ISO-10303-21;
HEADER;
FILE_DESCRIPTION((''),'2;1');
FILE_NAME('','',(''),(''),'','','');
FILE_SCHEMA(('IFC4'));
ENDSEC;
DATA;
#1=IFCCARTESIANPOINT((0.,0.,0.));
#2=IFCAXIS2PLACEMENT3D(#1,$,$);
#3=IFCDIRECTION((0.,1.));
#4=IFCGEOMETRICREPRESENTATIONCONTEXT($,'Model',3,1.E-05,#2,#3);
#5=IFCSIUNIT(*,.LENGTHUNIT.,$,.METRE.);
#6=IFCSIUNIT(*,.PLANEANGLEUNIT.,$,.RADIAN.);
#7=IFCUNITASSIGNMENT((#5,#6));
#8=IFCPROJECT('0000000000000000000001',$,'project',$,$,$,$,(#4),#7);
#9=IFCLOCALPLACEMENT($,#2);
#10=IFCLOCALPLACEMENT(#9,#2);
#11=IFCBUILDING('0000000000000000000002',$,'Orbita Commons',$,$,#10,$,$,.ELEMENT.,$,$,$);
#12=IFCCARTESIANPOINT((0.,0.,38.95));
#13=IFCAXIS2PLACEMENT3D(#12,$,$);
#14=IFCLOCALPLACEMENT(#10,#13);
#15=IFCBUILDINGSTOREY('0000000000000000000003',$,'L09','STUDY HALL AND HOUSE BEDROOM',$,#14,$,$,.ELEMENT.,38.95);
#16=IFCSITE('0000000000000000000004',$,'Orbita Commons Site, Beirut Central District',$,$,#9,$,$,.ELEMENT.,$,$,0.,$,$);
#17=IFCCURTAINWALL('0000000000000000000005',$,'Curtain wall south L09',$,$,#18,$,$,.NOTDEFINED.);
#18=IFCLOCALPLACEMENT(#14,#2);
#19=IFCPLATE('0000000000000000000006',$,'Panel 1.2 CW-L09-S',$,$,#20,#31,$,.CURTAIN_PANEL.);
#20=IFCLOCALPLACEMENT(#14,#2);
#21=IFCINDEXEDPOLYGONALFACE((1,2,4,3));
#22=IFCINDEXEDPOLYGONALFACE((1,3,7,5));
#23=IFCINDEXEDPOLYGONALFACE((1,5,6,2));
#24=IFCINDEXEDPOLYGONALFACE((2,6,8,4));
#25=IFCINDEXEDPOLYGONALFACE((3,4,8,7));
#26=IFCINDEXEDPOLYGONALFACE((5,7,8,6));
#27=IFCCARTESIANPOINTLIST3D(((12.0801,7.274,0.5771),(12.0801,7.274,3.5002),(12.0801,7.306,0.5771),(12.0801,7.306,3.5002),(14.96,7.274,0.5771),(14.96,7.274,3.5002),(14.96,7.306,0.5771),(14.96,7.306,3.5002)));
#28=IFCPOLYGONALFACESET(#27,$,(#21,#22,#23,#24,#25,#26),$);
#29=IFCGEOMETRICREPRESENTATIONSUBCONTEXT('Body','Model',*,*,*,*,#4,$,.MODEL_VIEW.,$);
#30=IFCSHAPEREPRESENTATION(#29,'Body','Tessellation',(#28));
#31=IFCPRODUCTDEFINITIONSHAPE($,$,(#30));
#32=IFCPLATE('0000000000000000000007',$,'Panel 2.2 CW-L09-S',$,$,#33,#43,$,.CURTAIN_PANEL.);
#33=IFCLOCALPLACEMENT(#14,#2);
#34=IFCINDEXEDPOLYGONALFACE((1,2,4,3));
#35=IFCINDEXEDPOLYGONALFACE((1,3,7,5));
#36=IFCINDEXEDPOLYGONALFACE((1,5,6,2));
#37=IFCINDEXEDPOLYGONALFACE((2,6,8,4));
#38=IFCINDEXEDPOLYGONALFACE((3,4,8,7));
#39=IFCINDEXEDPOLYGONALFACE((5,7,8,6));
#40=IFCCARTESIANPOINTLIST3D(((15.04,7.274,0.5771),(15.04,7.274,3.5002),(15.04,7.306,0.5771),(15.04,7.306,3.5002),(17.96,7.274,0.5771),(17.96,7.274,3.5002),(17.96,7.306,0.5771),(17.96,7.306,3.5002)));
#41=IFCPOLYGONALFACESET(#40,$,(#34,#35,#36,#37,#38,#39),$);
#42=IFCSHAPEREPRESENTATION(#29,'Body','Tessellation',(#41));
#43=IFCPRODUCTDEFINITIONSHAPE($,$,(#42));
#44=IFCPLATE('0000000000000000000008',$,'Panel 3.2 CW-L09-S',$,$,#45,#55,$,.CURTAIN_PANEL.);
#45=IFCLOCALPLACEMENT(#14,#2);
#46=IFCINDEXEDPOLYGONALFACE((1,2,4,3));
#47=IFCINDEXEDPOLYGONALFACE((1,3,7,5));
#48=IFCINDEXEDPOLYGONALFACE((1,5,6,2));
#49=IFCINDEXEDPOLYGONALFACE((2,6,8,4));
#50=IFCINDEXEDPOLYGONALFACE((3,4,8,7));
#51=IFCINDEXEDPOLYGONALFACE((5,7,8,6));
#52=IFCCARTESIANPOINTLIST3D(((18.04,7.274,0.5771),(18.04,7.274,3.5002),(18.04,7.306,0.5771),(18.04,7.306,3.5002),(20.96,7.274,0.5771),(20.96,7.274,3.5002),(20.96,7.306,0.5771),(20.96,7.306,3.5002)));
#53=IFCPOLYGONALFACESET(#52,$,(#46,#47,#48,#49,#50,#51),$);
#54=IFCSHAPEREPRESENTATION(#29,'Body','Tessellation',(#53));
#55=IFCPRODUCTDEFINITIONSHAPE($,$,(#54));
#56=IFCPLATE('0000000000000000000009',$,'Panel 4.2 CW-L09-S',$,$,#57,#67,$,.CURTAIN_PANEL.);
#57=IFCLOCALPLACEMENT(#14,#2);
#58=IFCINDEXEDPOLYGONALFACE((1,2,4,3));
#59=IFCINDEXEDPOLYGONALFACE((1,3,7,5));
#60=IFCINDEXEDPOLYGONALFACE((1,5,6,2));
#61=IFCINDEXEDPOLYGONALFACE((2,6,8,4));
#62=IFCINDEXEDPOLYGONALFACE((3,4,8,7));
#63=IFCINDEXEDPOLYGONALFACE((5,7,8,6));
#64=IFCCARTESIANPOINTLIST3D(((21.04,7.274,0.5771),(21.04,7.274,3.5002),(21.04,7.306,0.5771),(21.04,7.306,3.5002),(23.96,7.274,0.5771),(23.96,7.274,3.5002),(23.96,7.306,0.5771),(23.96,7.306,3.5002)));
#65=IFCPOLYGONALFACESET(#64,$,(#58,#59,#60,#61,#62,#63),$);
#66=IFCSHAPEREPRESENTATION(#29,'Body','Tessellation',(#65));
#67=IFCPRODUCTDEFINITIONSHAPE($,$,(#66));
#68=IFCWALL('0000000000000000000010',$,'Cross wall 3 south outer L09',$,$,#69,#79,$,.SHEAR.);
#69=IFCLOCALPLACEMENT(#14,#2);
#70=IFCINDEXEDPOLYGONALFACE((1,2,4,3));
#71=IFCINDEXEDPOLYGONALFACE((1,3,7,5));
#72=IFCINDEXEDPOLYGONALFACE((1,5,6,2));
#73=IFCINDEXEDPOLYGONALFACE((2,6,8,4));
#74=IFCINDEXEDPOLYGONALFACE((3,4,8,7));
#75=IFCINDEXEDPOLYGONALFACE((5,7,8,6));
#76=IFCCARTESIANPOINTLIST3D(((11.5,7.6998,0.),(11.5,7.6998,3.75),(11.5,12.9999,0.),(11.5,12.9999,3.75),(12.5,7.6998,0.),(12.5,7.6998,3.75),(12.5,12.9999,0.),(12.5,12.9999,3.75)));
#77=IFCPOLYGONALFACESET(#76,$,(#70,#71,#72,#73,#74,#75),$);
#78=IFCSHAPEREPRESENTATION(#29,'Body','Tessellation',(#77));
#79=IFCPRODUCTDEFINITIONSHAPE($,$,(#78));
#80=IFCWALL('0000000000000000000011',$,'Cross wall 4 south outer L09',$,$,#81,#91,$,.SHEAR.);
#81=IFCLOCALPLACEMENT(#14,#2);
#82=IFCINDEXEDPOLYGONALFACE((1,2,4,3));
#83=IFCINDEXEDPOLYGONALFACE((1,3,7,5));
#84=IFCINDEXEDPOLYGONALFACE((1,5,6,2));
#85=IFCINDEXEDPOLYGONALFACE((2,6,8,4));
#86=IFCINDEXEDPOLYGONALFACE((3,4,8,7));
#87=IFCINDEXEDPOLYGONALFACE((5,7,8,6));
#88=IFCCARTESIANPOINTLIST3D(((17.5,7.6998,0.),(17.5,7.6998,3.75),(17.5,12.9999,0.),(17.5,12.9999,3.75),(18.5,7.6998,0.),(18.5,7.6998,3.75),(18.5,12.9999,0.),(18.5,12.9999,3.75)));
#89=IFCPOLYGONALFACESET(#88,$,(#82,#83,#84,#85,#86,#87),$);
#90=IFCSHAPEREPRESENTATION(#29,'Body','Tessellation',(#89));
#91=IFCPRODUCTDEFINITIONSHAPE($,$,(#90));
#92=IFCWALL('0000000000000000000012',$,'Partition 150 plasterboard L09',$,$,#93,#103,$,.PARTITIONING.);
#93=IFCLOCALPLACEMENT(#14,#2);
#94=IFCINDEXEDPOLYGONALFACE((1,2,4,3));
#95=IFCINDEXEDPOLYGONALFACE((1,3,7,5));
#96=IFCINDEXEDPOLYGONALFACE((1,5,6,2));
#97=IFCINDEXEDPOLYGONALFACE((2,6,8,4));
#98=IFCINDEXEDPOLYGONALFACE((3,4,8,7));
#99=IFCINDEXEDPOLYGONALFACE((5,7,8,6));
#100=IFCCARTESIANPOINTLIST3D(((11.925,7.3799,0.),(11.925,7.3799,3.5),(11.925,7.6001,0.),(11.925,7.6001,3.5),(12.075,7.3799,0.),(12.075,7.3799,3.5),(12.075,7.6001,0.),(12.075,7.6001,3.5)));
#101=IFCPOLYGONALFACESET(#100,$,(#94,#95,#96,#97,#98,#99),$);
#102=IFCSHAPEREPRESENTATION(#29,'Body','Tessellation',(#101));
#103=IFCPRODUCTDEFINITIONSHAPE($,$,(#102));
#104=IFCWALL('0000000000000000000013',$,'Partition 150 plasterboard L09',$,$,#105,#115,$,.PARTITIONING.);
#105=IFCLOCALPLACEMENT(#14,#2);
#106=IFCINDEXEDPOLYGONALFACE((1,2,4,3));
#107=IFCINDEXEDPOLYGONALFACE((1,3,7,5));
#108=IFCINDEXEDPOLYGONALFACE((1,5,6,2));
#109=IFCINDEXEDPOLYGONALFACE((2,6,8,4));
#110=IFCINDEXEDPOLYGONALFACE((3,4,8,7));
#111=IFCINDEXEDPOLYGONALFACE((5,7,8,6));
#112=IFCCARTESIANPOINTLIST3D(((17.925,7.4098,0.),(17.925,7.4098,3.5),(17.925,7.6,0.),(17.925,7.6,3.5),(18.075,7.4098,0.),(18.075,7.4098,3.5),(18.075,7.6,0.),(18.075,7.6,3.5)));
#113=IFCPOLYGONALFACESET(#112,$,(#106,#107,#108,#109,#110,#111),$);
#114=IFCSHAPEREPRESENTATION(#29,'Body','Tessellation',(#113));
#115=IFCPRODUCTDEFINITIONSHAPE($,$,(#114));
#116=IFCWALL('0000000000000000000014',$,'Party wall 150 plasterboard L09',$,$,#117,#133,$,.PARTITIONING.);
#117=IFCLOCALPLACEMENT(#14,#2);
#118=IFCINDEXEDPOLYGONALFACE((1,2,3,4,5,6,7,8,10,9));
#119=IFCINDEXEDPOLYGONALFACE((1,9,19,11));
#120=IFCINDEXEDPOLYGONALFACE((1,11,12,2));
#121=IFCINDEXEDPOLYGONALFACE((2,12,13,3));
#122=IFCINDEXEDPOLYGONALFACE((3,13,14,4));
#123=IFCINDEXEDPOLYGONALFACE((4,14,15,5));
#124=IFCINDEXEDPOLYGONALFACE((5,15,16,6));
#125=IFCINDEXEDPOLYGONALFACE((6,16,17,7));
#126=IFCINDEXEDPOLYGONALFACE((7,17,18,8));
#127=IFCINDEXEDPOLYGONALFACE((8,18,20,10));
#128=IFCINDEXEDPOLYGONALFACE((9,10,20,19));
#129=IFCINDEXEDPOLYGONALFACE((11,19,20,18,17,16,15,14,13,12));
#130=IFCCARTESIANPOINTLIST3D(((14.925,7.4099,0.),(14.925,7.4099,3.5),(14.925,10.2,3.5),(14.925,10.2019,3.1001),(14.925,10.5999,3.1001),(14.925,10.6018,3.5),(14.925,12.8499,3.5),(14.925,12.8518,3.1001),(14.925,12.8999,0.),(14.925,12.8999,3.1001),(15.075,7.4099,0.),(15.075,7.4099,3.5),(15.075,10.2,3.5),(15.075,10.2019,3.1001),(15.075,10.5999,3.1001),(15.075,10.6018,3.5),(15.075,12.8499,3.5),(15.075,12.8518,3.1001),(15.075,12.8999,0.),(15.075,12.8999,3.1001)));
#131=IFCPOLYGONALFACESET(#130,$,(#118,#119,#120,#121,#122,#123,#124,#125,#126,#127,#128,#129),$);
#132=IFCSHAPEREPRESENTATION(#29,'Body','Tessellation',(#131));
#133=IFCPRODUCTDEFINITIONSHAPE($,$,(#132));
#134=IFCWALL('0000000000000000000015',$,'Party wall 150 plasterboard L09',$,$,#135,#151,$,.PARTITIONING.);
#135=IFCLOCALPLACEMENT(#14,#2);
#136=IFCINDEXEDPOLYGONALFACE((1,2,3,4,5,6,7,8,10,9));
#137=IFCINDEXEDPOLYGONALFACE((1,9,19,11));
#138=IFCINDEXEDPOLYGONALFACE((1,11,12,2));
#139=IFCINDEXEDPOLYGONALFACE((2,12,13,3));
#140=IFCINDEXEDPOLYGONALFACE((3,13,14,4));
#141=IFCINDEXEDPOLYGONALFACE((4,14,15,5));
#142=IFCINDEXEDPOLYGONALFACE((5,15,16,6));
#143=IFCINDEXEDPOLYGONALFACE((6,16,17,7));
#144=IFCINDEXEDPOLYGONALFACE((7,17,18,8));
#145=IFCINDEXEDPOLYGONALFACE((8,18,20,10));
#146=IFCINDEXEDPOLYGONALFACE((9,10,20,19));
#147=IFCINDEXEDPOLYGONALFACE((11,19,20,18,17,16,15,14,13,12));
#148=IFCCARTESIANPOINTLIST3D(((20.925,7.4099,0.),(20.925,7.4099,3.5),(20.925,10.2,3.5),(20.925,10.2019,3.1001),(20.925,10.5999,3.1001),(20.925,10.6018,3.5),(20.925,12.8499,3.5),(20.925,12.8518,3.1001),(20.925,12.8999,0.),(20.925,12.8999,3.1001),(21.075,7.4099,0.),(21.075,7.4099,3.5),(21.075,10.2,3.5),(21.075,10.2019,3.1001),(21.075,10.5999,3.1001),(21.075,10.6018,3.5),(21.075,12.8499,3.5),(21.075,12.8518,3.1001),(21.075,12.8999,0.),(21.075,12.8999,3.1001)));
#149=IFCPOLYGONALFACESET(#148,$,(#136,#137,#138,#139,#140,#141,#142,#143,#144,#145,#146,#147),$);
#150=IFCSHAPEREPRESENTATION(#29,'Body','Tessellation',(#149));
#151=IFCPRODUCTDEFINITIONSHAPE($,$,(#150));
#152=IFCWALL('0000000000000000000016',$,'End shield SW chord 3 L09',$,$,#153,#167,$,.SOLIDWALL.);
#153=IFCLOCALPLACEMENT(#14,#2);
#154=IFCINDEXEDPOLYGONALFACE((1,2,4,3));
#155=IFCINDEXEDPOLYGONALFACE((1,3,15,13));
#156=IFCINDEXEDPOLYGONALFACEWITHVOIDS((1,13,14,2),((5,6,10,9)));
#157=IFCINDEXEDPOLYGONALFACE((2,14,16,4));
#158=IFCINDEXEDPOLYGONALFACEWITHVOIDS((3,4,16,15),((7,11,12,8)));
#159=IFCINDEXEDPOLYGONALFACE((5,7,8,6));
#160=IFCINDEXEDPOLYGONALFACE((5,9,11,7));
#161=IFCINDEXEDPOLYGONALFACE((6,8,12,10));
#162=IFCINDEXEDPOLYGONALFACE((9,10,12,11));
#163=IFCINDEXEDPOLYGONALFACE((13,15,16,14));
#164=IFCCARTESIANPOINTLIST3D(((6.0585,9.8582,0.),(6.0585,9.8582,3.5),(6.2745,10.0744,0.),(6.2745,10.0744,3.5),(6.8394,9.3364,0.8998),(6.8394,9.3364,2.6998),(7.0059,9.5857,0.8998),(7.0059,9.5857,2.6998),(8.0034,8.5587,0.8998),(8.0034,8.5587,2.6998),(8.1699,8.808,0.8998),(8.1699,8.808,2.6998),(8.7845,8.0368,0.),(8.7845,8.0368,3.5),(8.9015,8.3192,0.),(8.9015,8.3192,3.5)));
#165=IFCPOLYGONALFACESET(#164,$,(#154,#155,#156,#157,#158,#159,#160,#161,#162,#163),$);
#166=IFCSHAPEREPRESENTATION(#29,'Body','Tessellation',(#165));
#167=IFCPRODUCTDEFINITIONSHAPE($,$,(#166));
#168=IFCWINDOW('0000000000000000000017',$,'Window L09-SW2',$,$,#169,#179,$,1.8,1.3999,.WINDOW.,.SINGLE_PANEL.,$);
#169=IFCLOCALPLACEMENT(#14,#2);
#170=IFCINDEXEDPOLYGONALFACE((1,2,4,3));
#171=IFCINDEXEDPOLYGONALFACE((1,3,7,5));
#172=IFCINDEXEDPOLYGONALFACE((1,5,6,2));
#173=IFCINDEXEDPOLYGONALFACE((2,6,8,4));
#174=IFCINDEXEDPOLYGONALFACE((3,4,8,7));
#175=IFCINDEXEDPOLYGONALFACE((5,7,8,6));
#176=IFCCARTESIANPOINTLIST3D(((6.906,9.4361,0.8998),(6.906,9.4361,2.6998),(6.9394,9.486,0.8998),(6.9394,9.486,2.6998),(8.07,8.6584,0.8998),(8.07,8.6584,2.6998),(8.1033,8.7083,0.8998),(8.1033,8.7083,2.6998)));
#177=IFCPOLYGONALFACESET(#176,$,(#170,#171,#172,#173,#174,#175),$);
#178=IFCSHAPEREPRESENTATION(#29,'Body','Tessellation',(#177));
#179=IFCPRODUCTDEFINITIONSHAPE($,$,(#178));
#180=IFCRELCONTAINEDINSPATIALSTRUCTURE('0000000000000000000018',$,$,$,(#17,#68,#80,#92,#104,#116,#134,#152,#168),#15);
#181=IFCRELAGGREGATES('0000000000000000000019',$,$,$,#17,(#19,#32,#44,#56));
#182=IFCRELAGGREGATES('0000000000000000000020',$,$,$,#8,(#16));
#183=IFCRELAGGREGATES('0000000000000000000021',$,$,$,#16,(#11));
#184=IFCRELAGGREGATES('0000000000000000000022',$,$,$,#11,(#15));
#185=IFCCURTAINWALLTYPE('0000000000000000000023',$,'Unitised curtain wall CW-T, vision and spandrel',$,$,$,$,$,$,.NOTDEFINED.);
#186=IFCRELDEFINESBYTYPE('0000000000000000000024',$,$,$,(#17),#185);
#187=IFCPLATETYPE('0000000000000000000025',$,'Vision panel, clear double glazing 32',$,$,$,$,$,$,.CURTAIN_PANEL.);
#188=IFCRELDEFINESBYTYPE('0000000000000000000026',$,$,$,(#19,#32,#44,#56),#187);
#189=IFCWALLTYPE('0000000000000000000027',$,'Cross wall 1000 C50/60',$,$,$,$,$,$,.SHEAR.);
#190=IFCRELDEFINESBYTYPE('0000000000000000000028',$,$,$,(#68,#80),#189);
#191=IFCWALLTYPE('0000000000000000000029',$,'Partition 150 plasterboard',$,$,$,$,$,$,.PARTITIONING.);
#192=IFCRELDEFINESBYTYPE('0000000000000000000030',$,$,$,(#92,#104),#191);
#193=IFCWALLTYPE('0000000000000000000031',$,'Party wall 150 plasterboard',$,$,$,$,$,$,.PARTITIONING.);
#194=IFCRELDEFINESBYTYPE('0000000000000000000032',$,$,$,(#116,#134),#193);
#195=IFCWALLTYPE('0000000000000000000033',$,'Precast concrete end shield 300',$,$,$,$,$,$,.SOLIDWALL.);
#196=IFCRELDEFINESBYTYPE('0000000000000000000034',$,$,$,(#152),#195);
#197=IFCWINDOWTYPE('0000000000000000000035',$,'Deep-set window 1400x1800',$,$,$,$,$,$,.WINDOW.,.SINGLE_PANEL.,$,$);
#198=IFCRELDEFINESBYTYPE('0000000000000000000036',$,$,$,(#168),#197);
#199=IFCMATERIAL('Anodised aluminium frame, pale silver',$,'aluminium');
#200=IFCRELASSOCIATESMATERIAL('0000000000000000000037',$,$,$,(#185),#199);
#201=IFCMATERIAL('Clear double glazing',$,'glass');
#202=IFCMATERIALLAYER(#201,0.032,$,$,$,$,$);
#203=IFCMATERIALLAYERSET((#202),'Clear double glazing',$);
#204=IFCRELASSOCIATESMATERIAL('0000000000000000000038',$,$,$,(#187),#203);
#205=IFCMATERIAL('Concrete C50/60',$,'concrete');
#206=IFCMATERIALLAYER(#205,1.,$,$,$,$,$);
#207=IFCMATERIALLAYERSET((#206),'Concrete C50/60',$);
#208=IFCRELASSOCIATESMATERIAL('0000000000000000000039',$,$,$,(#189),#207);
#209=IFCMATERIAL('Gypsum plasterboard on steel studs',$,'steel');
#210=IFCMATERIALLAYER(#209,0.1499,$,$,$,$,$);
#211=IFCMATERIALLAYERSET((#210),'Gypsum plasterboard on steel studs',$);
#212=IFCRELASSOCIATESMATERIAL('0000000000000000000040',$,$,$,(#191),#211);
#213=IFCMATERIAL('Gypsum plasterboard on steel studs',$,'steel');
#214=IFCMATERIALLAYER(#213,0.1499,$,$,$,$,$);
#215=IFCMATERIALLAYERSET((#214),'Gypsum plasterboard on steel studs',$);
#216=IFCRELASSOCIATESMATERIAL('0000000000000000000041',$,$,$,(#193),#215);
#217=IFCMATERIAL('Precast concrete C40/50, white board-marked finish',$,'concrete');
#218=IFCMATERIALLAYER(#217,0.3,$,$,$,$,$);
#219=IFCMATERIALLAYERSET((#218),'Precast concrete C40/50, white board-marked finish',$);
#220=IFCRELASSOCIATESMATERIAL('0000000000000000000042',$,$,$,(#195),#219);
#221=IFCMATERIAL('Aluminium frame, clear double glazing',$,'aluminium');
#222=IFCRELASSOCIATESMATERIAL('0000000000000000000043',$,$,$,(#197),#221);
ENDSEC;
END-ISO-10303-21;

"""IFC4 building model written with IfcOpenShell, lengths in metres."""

from ifc_helpers import new_model, si_unit, direction, frame, frame_2d, origin, origin_2d, place, context, subcontext, project, spatial, polyline, rectangle, outline, extrude, material, layer, layer_set, type_object, element, fill, aggregate, save


model = new_model("IFC4")

# Units and contexts
model_context = context("Model", 3, precision=1e-05, world=origin(), true_north=direction((0.0, 1.0)))
body_context = subcontext(model_context, "Body", "Model", "MODEL_VIEW")
ifc_project = project(units=[si_unit("LENGTHUNIT", "METRE"), si_unit("PLANEANGLEUNIT", "RADIAN")], contexts=[model_context])

# Site, building, storey
site_placement = place(None, origin())
site = spatial("IfcSite", under=ifc_project, at=site_placement, Name="Orbita Commons Site, Beirut Central District", CompositionType="ELEMENT", RefElevation=0.0)
building_placement = place(site_placement, origin())
building = spatial("IfcBuilding", under=site, at=building_placement, Name="Orbita Commons", CompositionType="ELEMENT")
storey_placement = place(building_placement, frame((0.0, 0.0, 38.95)))
storey = spatial("IfcBuildingStorey", under=building, at=storey_placement, Name="L09", Description="STUDY HALL AND HOUSE BEDROOM", CompositionType="ELEMENT", Elevation=38.95)

# Curtain wall
ifc_material_1 = material(Name="Anodised aluminium frame, pale silver", Category="aluminium")
curtain_wall_type = type_object("IfcCurtainWallType", Name="Unitised curtain wall CW-T, vision and spandrel", PredefinedType="NOTDEFINED", material=ifc_material_1)
curtain_wall_placement = place(storey_placement, origin())
curtain_wall = element("IfcCurtainWall", 1, at=curtain_wall_placement, inside=storey, type_object=curtain_wall_type, Name="Curtain wall south L09", PredefinedType="NOTDEFINED")

# Plates
ifc_material_2 = material(Name="Clear double glazing", Category="glass")
ifc_layer_1 = layer(ifc_material_2, 0.032)
ifc_layer_set_1 = layer_set([ifc_layer_1], Name="Clear double glazing")
plate_type_1 = type_object("IfcPlateType", Name="Vision panel, clear double glazing 32", PredefinedType="CURTAIN_PANEL", material=ifc_layer_set_1)
plate_1_placement = place(storey_placement, frame((13.52, 7.29, 0.5771), z_axis=(0.0, 0.0, 1.0), x_axis=(1.0, 0.0, 0.0)))
plate_1 = element("IfcPlate", 2, at=plate_1_placement, type_object=plate_type_1, Name="Panel 1.2 CW-L09-S", PredefinedType="CURTAIN_PANEL", context=body_context, shape_type="SweptSolid", body=[
    extrude(rectangle(XDim=2.8799, YDim=0.032, at=origin_2d()), origin(), (0.0, 0.0, 1.0), 2.9231),
])
plate_2_placement = place(storey_placement, frame((16.5, 7.29, 0.5771), z_axis=(0.0, 0.0, 1.0), x_axis=(1.0, 0.0, 0.0)))
plate_2 = element("IfcPlate", 3, at=plate_2_placement, type_object=plate_type_1, Name="Panel 2.2 CW-L09-S", PredefinedType="CURTAIN_PANEL", context=body_context, shape_type="SweptSolid", body=[
    extrude(rectangle(XDim=2.9199, YDim=0.032, at=origin_2d()), origin(), (0.0, 0.0, 1.0), 2.9231),
])
plate_3_placement = place(storey_placement, frame((19.5, 7.29, 0.5771), z_axis=(0.0, 0.0, 1.0), x_axis=(1.0, 0.0, 0.0)))
plate_3 = element("IfcPlate", 4, at=plate_3_placement, type_object=plate_type_1, Name="Panel 3.2 CW-L09-S", PredefinedType="CURTAIN_PANEL", context=body_context, shape_type="SweptSolid", body=[
    extrude(rectangle(XDim=2.9199, YDim=0.032, at=origin_2d()), origin(), (0.0, 0.0, 1.0), 2.9231),
])
plate_4_placement = place(storey_placement, frame((22.5, 7.29, 0.5771), z_axis=(0.0, 0.0, 1.0), x_axis=(1.0, 0.0, 0.0)))
plate_4 = element("IfcPlate", 5, at=plate_4_placement, type_object=plate_type_1, Name="Panel 4.2 CW-L09-S", PredefinedType="CURTAIN_PANEL", context=body_context, shape_type="SweptSolid", body=[
    extrude(rectangle(XDim=2.9199, YDim=0.032, at=origin_2d()), origin(), (0.0, 0.0, 1.0), 2.9231),
])
aggregate(curtain_wall, [plate_1, plate_2, plate_3, plate_4])

# Walls
ifc_material_3 = material(Name="Concrete C50/60", Category="concrete")
ifc_layer_2 = layer(ifc_material_3, 1.0)
ifc_layer_set_2 = layer_set([ifc_layer_2], Name="Concrete C50/60")
wall_type_1 = type_object("IfcWallType", Name="Cross wall 1000 C50/60", PredefinedType="SHEAR", material=ifc_layer_set_2)
for number, where, z_axis, x_axis, name in (
    (6, (12.0, 7.7, 0.0), (0.0, 0.0, 1.0), (0.0, 1.0, 0.0), "Cross wall 3 south outer L09"),
    (7, (18.0, 7.7, 0.0), (0.0, 0.0, 1.0), (0.0, 1.0, 0.0), "Cross wall 4 south outer L09"),
):
    element("IfcWall", number, at=place(storey_placement, frame(where, z_axis=z_axis, x_axis=x_axis)), inside=storey, type_object=wall_type_1, Name=name, PredefinedType="SHEAR", context=body_context, shape_type="SweptSolid", body=[
        extrude(rectangle(XDim=5.3, YDim=1.0, at=frame_2d((2.6499, 0.0))), origin(), (0.0, 0.0, 1.0), 3.75),
    ])
ifc_material_4 = material(Name="Gypsum plasterboard on steel studs", Category="steel")
ifc_layer_3 = layer(ifc_material_4, 0.1499)
ifc_layer_set_3 = layer_set([ifc_layer_3], Name="Gypsum plasterboard on steel studs")
wall_type_2 = type_object("IfcWallType", Name="Partition 150 plasterboard", PredefinedType="PARTITIONING", material=ifc_layer_set_3)
wall_1_placement = place(storey_placement, frame((12.0, 7.6001, 0.0), z_axis=(0.0, 0.0, 1.0), x_axis=(0.0, -1.0, 0.0)))
element("IfcWall", 8, at=wall_1_placement, inside=storey, type_object=wall_type_2, Name="Partition 150 plasterboard L09", PredefinedType="PARTITIONING", context=body_context, shape_type="SweptSolid", body=[
    extrude(rectangle(XDim=0.2202, YDim=0.1499, at=frame_2d((0.1101, 0.0))), origin(), (0.0, 0.0, 1.0), 3.5),
])
wall_2_placement = place(storey_placement, frame((18.0, 7.6001, 0.0), z_axis=(0.0, 0.0, 1.0), x_axis=(0.0, -1.0, 0.0)))
element("IfcWall", 9, at=wall_2_placement, inside=storey, type_object=wall_type_2, Name="Partition 150 plasterboard L09", PredefinedType="PARTITIONING", context=body_context, shape_type="SweptSolid", body=[
    extrude(rectangle(XDim=0.1902, YDim=0.1499, at=frame_2d((0.0952, 0.0))), origin(), (0.0, 0.0, 1.0), 3.5),
])
ifc_material_5 = material(Name="Gypsum plasterboard on steel studs", Category="steel")
ifc_layer_4 = layer(ifc_material_5, 0.1499)
ifc_layer_set_4 = layer_set([ifc_layer_4], Name="Gypsum plasterboard on steel studs")
wall_type_3 = type_object("IfcWallType", Name="Party wall 150 plasterboard", PredefinedType="PARTITIONING", material=ifc_layer_set_4)
for number, where, z_axis, x_axis, name in (
    (10, (15.0, 7.4099, 0.0), (0.0, 0.0, 1.0), (0.0, 1.0, 0.0), "Party wall 150 plasterboard L09"),
    (11, (21.0, 7.4099, 0.0), (0.0, 0.0, 1.0), (0.0, 1.0, 0.0), "Party wall 150 plasterboard L09"),
):
    element("IfcWall", number, at=place(storey_placement, frame(where, z_axis=z_axis, x_axis=x_axis)), inside=storey, type_object=wall_type_3, Name=name, PredefinedType="PARTITIONING", context=body_context, shape_type="SweptSolid", body=[
        extrude(outline(polyline([(0.0, 0.0), (5.49, 0.0), (5.49, 3.1001), (5.4419, 3.1001), (5.4399, 3.5), (3.1919, 3.5), (3.1899, 3.1001), (2.792, 3.1001), (2.79, 3.5), (0.0, 3.5), (0.0, 0.0)])), frame((0.0, 0.075, 0.0), z_axis=(0.0, -1.0, 0.0), x_axis=(1.0, 0.0, 0.0)), (0.0, 0.0, 1.0), 0.1499),
    ])

# Wall, opening, window
ifc_material_6 = material(Name="Precast concrete C40/50, white board-marked finish", Category="concrete")
ifc_layer_5 = layer(ifc_material_6, 0.3)
ifc_layer_set_5 = layer_set([ifc_layer_5], Name="Precast concrete C40/50, white board-marked finish")
wall_type_4 = type_object("IfcWallType", Name="Precast concrete end shield 300", PredefinedType="SOLIDWALL", material=ifc_layer_set_5)
wall_3_placement = place(storey_placement, frame((6.1665, 9.9663, 0.0), z_axis=(0.0, 0.0, 1.0), x_axis=(0.831478, -0.555558, 0.0)))
wall_3 = element("IfcWall", 12, at=wall_3_placement, inside=storey, type_object=wall_type_4, Name="End shield SW chord 3 L09", PredefinedType="SOLIDWALL", context=body_context, shape_type="SweptSolid", body=[
    extrude(outline(polyline([(-0.0298, -0.1499), (3.2488, -0.1499), (3.1892, 0.1499), (0.0298, 0.1499), (-0.0298, -0.1499)])), origin(), (0.0, 0.0, 1.0), 3.5),
])
opening_1_placement = place(wall_3_placement, frame((0.9094, 0.0, 0.8999)))
opening_1 = element("IfcOpeningElement", 13, at=opening_1_placement, cuts=wall_3, PredefinedType="OPENING", context=body_context, shape_type="SweptSolid", body=[
    extrude(rectangle(XDim=1.3999, YDim=1.8, at=frame_2d((0.7, 0.8999))), frame((0.0, 0.1599, 0.0), z_axis=(0.0, -1.0, 0.0), x_axis=(1.0, 0.0, 0.0)), (0.0, 0.0, 1.0), 0.3201),
])
ifc_material_7 = material(Name="Aluminium frame, clear double glazing", Category="aluminium")
window_type = type_object("IfcWindowType", Name="Deep-set window 1400x1800", PartitioningType="SINGLE_PANEL", PredefinedType="WINDOW", material=ifc_material_7)
window_1_placement = place(opening_1_placement, origin())
window_1 = element("IfcWindow", 14, at=window_1_placement, inside=storey, type_object=window_type, Name="Window L09-SW2", OverallHeight=1.8, OverallWidth=1.3999, PartitioningType="SINGLE_PANEL", PredefinedType="WINDOW", context=body_context, shape_type="SweptSolid", body=[
    extrude(rectangle(XDim=1.3999, YDim=1.8, at=frame_2d((0.7, 0.8999))), frame((0.0, 0.03, 0.0), z_axis=(0.0, -1.0, 0.0), x_axis=(1.0, 0.0, 0.0)), (0.0, 0.0, 1.0), 0.0601),
])
fill(opening_1, window_1)

save(model, "model.ifc")
